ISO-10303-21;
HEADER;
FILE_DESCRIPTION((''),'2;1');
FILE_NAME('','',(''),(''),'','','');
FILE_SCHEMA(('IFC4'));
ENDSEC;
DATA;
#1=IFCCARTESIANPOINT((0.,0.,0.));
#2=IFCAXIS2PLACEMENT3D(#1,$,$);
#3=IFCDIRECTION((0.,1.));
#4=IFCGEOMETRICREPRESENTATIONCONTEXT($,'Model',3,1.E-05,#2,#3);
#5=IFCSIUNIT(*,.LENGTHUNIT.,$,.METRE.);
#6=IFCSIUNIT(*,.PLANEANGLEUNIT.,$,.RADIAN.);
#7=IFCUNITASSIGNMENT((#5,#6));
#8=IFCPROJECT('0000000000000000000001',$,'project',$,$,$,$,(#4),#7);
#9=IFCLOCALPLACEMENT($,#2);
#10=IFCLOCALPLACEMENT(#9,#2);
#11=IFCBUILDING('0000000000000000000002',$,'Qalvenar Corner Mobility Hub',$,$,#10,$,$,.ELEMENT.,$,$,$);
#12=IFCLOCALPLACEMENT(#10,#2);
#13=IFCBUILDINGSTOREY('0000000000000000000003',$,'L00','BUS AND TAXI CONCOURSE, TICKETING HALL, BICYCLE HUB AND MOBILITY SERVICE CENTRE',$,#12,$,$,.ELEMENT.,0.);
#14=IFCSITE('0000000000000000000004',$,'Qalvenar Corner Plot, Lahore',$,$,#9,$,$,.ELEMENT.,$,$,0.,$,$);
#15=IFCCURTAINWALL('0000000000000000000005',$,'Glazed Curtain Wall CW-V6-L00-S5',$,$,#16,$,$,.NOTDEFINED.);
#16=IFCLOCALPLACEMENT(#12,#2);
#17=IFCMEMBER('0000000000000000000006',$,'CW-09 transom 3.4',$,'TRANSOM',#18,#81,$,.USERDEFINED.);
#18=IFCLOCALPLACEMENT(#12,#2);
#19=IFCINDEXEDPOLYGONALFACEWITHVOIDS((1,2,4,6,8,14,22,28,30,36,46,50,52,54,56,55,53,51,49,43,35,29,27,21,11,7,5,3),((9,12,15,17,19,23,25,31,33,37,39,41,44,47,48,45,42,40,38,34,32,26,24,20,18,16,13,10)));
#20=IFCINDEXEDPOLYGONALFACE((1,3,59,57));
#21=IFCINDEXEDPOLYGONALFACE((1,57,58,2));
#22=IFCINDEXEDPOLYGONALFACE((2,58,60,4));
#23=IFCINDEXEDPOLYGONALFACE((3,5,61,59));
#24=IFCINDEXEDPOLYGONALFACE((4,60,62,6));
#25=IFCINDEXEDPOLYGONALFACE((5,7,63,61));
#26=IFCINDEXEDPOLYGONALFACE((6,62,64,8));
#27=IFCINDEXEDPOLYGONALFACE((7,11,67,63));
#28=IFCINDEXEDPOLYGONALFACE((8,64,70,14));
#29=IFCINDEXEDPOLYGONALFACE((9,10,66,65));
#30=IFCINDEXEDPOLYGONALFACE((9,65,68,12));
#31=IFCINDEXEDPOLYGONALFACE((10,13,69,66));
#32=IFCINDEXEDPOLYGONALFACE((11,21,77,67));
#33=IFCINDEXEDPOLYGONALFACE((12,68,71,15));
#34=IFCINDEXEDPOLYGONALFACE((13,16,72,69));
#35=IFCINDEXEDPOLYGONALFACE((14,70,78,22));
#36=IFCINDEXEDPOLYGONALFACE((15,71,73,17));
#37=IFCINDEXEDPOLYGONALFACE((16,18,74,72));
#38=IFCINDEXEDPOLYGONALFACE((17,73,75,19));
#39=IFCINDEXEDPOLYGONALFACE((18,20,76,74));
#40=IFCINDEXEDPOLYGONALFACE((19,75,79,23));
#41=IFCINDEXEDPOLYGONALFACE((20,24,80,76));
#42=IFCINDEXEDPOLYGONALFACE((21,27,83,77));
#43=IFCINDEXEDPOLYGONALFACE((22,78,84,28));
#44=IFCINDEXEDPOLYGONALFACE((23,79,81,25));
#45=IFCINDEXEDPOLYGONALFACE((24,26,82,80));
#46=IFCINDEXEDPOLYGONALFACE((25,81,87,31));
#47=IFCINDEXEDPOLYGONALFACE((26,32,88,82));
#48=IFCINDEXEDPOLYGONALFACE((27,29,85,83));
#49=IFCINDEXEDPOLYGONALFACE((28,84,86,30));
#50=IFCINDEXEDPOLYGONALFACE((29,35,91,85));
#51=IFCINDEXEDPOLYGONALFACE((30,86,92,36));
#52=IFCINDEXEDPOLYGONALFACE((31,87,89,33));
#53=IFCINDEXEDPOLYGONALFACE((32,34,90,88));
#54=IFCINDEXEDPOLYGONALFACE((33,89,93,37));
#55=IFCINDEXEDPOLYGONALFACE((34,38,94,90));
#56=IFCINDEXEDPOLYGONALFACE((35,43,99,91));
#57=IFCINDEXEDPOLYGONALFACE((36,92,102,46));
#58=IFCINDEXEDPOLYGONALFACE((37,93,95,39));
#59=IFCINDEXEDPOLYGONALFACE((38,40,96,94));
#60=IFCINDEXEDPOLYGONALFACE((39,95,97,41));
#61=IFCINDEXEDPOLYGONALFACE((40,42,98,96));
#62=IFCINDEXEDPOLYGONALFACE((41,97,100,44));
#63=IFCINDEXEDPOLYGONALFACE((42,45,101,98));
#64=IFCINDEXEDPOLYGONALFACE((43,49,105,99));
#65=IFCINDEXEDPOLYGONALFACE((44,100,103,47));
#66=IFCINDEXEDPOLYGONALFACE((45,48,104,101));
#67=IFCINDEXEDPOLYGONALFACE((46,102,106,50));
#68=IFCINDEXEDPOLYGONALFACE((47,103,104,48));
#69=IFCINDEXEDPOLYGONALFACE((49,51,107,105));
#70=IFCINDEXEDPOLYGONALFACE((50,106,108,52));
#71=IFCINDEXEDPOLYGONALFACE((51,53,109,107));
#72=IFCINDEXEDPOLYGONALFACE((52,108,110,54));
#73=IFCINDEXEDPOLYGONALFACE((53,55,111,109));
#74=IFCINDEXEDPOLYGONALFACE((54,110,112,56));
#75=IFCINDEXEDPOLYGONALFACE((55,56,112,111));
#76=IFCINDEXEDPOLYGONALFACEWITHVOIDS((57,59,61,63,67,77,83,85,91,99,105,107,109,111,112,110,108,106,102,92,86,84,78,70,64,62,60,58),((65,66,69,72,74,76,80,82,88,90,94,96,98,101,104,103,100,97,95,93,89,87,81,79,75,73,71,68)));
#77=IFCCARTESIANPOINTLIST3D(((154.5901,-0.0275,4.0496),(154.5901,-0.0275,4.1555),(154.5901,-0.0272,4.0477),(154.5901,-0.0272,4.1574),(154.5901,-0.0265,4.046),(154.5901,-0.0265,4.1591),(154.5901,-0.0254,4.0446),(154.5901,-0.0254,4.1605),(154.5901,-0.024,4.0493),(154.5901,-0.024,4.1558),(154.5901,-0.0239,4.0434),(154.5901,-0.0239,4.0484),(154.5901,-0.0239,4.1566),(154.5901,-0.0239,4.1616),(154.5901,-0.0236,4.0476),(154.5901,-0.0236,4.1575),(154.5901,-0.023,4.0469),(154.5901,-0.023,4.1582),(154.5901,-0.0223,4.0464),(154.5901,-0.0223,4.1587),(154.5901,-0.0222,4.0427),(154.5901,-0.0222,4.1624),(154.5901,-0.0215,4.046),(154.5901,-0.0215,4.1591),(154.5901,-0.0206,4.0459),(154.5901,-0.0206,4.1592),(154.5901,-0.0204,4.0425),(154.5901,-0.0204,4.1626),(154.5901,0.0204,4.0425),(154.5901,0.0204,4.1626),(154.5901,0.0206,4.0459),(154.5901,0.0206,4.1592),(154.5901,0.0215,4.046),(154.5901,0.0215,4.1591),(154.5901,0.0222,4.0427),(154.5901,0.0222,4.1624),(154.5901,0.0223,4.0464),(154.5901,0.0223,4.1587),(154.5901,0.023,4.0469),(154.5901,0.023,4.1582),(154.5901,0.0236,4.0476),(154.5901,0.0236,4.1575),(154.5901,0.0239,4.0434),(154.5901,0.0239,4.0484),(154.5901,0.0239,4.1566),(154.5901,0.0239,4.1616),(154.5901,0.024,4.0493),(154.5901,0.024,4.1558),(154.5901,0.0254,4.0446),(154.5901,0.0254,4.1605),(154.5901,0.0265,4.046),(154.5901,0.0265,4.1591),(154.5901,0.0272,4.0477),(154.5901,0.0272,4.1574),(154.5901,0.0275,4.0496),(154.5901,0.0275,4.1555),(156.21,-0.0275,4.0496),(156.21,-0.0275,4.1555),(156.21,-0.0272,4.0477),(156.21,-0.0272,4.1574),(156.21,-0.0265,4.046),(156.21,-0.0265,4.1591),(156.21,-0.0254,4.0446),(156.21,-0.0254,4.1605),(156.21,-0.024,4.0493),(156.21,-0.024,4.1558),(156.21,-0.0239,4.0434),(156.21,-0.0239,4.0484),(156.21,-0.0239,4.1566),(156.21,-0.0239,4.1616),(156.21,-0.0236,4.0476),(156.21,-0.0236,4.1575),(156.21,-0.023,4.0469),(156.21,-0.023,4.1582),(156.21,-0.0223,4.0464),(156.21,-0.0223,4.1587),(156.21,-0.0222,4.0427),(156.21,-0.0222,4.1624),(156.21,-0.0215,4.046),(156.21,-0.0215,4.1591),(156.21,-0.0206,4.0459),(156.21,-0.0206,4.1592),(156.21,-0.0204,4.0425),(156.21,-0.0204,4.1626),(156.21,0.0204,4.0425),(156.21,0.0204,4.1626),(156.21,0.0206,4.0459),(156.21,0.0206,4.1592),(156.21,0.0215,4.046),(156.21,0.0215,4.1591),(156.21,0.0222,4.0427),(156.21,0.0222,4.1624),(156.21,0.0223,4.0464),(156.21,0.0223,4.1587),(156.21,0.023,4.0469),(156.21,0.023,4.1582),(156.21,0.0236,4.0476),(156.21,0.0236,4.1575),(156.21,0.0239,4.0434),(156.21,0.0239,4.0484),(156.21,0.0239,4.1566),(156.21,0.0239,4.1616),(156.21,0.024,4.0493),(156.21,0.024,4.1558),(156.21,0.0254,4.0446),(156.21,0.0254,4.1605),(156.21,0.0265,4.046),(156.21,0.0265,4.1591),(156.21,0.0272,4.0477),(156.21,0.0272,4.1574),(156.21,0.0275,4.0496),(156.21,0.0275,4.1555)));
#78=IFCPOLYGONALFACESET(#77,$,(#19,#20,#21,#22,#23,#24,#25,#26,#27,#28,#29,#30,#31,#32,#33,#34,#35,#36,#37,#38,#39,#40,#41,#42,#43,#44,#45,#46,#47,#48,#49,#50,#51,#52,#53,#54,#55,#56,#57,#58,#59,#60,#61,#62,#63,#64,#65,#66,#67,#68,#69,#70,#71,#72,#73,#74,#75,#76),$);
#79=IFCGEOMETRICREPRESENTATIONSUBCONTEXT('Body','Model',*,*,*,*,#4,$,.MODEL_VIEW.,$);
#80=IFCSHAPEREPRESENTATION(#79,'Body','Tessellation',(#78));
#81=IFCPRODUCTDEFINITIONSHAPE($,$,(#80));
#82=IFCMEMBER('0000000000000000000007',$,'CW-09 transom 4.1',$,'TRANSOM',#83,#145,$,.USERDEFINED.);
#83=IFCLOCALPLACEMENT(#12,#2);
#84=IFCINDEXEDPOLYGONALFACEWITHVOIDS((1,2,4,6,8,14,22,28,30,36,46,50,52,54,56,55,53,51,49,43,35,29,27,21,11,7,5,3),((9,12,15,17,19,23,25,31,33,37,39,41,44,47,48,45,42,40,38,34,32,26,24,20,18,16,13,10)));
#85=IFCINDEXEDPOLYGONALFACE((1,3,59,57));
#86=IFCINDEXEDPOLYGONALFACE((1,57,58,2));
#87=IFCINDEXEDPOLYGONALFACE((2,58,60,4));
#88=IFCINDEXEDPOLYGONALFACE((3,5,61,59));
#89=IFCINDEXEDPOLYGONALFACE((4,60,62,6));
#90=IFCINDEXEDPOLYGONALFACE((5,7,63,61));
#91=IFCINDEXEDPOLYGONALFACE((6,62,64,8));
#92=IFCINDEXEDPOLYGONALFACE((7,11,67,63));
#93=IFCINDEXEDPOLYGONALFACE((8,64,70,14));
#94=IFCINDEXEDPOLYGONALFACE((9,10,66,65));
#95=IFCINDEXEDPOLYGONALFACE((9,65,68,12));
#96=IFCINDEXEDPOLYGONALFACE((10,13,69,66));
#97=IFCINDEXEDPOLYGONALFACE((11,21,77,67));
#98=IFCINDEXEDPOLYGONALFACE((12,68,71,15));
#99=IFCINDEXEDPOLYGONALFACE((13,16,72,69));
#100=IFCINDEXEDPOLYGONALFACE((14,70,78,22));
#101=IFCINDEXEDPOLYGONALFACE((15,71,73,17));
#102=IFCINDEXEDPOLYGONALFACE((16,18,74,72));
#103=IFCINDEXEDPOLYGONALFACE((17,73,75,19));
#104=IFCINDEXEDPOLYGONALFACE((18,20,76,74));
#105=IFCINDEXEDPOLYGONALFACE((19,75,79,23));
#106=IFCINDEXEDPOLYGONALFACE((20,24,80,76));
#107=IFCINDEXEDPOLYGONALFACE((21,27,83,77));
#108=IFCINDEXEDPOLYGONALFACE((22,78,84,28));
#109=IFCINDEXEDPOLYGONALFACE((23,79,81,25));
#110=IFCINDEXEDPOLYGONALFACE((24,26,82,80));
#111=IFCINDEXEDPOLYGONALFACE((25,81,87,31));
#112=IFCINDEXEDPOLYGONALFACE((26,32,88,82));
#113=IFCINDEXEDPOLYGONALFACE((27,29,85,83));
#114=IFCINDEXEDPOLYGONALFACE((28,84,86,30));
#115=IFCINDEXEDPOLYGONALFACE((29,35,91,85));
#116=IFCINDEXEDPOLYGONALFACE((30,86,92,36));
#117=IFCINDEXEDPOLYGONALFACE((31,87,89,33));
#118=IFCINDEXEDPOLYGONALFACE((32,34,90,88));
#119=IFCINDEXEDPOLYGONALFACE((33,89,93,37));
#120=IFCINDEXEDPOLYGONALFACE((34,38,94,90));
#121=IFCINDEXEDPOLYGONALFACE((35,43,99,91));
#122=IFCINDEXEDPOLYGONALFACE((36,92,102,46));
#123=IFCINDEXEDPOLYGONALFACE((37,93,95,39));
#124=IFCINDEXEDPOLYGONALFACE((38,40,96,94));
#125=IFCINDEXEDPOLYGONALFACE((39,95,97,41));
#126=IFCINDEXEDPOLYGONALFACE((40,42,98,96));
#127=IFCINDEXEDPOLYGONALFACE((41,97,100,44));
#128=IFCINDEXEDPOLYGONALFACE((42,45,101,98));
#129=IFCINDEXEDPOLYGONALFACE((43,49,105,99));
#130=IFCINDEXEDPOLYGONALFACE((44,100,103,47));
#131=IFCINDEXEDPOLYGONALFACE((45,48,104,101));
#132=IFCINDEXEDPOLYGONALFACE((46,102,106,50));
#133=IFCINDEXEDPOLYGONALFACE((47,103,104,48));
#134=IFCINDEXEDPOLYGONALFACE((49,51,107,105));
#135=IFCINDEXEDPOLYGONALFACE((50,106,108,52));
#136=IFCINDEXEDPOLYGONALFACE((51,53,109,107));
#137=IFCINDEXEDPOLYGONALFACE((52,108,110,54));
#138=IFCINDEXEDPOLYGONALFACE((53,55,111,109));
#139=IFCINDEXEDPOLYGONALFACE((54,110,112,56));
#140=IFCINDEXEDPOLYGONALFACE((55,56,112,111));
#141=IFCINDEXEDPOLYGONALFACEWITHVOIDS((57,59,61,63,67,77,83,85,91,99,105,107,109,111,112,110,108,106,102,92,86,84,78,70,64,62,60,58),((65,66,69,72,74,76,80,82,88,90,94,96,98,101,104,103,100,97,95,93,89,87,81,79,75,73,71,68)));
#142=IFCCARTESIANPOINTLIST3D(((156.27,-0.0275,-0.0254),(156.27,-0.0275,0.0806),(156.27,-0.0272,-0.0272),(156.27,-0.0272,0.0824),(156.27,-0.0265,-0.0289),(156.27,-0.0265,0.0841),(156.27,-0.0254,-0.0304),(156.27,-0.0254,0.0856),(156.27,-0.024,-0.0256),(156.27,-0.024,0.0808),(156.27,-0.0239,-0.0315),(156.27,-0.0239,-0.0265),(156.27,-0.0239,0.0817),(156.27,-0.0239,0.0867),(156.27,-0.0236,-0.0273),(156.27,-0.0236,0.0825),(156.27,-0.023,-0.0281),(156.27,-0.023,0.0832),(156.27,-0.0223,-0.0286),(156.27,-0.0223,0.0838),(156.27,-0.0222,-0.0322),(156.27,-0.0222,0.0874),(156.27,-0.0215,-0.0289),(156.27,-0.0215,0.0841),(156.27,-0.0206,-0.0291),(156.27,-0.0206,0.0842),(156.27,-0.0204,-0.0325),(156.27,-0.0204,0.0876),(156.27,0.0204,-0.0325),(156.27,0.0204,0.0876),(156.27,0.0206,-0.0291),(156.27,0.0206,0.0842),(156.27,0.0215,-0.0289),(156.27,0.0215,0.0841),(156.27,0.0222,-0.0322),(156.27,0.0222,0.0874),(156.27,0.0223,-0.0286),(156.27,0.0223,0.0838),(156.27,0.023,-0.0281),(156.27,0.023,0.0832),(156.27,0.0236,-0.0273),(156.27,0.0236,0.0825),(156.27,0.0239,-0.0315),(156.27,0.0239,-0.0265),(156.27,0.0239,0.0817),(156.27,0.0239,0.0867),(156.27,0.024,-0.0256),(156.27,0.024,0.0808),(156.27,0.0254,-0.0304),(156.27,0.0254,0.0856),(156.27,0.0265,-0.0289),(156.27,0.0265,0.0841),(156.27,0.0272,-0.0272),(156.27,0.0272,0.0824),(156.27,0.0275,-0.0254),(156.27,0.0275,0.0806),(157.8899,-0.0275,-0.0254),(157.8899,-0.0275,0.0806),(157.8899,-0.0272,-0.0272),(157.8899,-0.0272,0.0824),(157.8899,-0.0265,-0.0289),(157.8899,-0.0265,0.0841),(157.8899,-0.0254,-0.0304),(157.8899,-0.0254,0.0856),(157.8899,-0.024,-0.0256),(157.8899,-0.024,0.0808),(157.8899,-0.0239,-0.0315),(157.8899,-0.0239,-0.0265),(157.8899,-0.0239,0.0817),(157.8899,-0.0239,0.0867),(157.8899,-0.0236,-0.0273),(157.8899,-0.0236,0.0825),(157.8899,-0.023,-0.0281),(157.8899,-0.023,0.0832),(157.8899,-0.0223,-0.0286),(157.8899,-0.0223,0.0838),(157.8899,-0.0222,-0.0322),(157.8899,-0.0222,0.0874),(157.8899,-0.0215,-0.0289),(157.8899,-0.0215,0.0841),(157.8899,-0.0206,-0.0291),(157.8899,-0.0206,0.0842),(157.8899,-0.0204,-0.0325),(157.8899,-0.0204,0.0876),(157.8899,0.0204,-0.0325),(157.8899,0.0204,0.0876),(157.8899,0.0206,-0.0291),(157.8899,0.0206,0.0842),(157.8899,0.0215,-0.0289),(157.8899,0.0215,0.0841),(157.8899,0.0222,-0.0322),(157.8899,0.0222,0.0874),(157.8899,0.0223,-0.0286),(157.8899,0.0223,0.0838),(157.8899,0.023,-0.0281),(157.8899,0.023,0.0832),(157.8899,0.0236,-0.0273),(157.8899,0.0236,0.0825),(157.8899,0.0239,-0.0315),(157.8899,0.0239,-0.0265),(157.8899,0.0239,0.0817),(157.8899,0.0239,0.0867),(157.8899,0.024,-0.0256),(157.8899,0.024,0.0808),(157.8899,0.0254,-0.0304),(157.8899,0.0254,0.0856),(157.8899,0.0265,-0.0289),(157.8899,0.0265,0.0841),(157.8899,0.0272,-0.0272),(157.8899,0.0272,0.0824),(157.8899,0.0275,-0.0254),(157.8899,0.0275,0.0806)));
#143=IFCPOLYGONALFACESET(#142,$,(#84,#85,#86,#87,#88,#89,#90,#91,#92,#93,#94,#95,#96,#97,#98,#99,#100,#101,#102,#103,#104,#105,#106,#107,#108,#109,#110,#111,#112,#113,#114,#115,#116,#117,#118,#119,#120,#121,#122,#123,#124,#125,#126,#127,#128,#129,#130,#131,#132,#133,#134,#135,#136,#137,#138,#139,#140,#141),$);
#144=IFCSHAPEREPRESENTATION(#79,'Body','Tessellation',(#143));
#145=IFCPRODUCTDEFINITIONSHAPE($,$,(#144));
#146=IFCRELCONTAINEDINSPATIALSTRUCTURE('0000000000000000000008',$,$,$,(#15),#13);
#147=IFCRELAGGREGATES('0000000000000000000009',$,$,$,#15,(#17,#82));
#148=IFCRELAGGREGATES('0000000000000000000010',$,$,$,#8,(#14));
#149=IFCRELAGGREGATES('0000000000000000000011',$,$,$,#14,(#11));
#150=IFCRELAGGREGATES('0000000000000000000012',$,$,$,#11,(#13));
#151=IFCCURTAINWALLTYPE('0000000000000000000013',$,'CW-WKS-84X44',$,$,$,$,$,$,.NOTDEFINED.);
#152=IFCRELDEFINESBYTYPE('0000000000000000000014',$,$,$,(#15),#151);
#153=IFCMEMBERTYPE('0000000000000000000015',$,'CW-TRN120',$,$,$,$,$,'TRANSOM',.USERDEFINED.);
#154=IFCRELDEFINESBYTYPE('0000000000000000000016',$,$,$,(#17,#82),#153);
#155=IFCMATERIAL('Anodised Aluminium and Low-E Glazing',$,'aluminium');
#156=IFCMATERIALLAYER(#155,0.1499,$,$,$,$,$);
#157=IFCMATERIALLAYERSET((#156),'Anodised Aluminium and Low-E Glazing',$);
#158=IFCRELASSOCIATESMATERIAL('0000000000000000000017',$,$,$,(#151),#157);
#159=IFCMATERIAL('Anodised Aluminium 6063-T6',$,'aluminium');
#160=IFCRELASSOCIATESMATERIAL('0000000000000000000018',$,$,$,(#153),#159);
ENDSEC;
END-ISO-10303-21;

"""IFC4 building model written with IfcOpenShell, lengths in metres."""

from ifc_helpers import new_model, si_unit, direction, frame, origin, origin_2d, place, context, subcontext, project, spatial, hollow_rectangle, extrude, material, layer, layer_set, material_profile, profile_set, type_object, element, aggregate, save


model = new_model("IFC4")

# Units and contexts
model_context = context("Model", 3, precision=1e-05, world=origin(), true_north=direction((0.0, 1.0)))
body_context = subcontext(model_context, "Body", "Model", "MODEL_VIEW")
ifc_project = project(units=[si_unit("LENGTHUNIT", "METRE"), si_unit("PLANEANGLEUNIT", "RADIAN")], contexts=[model_context])

# Site, building, storey
site_placement = place(None, origin())
site = spatial("IfcSite", under=ifc_project, at=site_placement, Name="Qalvenar Corner Plot, Lahore", CompositionType="ELEMENT", RefElevation=0.0)
building_placement = place(site_placement, origin())
building = spatial("IfcBuilding", under=site, at=building_placement, Name="Qalvenar Corner Mobility Hub", CompositionType="ELEMENT")
storey_placement = place(building_placement, origin())
storey = spatial("IfcBuildingStorey", under=building, at=storey_placement, Name="L00", Description="BUS AND TAXI CONCOURSE, TICKETING HALL, BICYCLE HUB AND MOBILITY SERVICE CENTRE", CompositionType="ELEMENT", Elevation=0.0)

# Curtain wall, members
ifc_material_1 = material(Name="Anodised Aluminium and Low-E Glazing", Category="aluminium")
ifc_layer_1 = layer(ifc_material_1, 0.1499)
ifc_layer_set_1 = layer_set([ifc_layer_1], Name="Anodised Aluminium and Low-E Glazing")
curtain_wall_type = type_object("IfcCurtainWallType", Name="CW-WKS-84X44", PredefinedType="NOTDEFINED", material=ifc_layer_set_1)
curtain_wall_placement = place(storey_placement, origin())
curtain_wall = element("IfcCurtainWall", 1, at=curtain_wall_placement, inside=storey, type_object=curtain_wall_type, Name="Glazed Curtain Wall CW-V6-L00-S5", PredefinedType="NOTDEFINED")
ifc_material_2 = material(Name="Anodised Aluminium 6063-T6", Category="aluminium")
ifc_material_profile_1 = material_profile(ifc_material_2, hollow_rectangle(XDim=0.0549, YDim=0.1201, WallThickness=0.0034, InnerFilletRadius=0.0034, OuterFilletRadius=0.0071, at=origin_2d()), Name="RHS120x55x3.5")
ifc_profile_set_1 = profile_set([ifc_material_profile_1], Name="Anodised Aluminium 6063-T6")
member_type_1 = type_object("IfcMemberType", Name="CW-TRN120", ElementType="TRANSOM", PredefinedType="USERDEFINED", material=ifc_profile_set_1)
member_1_placement = place(storey_placement, frame((154.5901, 0.0, 4.1025), z_axis=(1.0, 0.0, 0.0), x_axis=(0.0, 1.0, 0.0)))
member_1 = element("IfcMember", 2, at=member_1_placement, type_object=member_type_1, Name="CW-09 transom 3.4", ObjectType="TRANSOM", PredefinedType="USERDEFINED", context=body_context, shape_type="SweptSolid", body=[
    extrude(hollow_rectangle(XDim=0.0549, YDim=0.1201, WallThickness=0.0034, InnerFilletRadius=0.0034, OuterFilletRadius=0.0071, at=origin_2d()), origin(), (0.0, 0.0, 1.0), 1.6199),
])
member_2_placement = place(storey_placement, frame((156.27, 0.0, 0.0276), z_axis=(1.0, 0.0, 0.0), x_axis=(0.0, 1.0, 0.0)))
member_2 = element("IfcMember", 3, at=member_2_placement, type_object=member_type_1, Name="CW-09 transom 4.1", ObjectType="TRANSOM", PredefinedType="USERDEFINED", context=body_context, shape_type="SweptSolid", body=[
    extrude(hollow_rectangle(XDim=0.0549, YDim=0.1201, WallThickness=0.0034, InnerFilletRadius=0.0034, OuterFilletRadius=0.0071, at=origin_2d()), origin(), (0.0, 0.0, 1.0), 1.6199),
])
aggregate(curtain_wall, [member_1, member_2])

save(model, "model.ifc")
